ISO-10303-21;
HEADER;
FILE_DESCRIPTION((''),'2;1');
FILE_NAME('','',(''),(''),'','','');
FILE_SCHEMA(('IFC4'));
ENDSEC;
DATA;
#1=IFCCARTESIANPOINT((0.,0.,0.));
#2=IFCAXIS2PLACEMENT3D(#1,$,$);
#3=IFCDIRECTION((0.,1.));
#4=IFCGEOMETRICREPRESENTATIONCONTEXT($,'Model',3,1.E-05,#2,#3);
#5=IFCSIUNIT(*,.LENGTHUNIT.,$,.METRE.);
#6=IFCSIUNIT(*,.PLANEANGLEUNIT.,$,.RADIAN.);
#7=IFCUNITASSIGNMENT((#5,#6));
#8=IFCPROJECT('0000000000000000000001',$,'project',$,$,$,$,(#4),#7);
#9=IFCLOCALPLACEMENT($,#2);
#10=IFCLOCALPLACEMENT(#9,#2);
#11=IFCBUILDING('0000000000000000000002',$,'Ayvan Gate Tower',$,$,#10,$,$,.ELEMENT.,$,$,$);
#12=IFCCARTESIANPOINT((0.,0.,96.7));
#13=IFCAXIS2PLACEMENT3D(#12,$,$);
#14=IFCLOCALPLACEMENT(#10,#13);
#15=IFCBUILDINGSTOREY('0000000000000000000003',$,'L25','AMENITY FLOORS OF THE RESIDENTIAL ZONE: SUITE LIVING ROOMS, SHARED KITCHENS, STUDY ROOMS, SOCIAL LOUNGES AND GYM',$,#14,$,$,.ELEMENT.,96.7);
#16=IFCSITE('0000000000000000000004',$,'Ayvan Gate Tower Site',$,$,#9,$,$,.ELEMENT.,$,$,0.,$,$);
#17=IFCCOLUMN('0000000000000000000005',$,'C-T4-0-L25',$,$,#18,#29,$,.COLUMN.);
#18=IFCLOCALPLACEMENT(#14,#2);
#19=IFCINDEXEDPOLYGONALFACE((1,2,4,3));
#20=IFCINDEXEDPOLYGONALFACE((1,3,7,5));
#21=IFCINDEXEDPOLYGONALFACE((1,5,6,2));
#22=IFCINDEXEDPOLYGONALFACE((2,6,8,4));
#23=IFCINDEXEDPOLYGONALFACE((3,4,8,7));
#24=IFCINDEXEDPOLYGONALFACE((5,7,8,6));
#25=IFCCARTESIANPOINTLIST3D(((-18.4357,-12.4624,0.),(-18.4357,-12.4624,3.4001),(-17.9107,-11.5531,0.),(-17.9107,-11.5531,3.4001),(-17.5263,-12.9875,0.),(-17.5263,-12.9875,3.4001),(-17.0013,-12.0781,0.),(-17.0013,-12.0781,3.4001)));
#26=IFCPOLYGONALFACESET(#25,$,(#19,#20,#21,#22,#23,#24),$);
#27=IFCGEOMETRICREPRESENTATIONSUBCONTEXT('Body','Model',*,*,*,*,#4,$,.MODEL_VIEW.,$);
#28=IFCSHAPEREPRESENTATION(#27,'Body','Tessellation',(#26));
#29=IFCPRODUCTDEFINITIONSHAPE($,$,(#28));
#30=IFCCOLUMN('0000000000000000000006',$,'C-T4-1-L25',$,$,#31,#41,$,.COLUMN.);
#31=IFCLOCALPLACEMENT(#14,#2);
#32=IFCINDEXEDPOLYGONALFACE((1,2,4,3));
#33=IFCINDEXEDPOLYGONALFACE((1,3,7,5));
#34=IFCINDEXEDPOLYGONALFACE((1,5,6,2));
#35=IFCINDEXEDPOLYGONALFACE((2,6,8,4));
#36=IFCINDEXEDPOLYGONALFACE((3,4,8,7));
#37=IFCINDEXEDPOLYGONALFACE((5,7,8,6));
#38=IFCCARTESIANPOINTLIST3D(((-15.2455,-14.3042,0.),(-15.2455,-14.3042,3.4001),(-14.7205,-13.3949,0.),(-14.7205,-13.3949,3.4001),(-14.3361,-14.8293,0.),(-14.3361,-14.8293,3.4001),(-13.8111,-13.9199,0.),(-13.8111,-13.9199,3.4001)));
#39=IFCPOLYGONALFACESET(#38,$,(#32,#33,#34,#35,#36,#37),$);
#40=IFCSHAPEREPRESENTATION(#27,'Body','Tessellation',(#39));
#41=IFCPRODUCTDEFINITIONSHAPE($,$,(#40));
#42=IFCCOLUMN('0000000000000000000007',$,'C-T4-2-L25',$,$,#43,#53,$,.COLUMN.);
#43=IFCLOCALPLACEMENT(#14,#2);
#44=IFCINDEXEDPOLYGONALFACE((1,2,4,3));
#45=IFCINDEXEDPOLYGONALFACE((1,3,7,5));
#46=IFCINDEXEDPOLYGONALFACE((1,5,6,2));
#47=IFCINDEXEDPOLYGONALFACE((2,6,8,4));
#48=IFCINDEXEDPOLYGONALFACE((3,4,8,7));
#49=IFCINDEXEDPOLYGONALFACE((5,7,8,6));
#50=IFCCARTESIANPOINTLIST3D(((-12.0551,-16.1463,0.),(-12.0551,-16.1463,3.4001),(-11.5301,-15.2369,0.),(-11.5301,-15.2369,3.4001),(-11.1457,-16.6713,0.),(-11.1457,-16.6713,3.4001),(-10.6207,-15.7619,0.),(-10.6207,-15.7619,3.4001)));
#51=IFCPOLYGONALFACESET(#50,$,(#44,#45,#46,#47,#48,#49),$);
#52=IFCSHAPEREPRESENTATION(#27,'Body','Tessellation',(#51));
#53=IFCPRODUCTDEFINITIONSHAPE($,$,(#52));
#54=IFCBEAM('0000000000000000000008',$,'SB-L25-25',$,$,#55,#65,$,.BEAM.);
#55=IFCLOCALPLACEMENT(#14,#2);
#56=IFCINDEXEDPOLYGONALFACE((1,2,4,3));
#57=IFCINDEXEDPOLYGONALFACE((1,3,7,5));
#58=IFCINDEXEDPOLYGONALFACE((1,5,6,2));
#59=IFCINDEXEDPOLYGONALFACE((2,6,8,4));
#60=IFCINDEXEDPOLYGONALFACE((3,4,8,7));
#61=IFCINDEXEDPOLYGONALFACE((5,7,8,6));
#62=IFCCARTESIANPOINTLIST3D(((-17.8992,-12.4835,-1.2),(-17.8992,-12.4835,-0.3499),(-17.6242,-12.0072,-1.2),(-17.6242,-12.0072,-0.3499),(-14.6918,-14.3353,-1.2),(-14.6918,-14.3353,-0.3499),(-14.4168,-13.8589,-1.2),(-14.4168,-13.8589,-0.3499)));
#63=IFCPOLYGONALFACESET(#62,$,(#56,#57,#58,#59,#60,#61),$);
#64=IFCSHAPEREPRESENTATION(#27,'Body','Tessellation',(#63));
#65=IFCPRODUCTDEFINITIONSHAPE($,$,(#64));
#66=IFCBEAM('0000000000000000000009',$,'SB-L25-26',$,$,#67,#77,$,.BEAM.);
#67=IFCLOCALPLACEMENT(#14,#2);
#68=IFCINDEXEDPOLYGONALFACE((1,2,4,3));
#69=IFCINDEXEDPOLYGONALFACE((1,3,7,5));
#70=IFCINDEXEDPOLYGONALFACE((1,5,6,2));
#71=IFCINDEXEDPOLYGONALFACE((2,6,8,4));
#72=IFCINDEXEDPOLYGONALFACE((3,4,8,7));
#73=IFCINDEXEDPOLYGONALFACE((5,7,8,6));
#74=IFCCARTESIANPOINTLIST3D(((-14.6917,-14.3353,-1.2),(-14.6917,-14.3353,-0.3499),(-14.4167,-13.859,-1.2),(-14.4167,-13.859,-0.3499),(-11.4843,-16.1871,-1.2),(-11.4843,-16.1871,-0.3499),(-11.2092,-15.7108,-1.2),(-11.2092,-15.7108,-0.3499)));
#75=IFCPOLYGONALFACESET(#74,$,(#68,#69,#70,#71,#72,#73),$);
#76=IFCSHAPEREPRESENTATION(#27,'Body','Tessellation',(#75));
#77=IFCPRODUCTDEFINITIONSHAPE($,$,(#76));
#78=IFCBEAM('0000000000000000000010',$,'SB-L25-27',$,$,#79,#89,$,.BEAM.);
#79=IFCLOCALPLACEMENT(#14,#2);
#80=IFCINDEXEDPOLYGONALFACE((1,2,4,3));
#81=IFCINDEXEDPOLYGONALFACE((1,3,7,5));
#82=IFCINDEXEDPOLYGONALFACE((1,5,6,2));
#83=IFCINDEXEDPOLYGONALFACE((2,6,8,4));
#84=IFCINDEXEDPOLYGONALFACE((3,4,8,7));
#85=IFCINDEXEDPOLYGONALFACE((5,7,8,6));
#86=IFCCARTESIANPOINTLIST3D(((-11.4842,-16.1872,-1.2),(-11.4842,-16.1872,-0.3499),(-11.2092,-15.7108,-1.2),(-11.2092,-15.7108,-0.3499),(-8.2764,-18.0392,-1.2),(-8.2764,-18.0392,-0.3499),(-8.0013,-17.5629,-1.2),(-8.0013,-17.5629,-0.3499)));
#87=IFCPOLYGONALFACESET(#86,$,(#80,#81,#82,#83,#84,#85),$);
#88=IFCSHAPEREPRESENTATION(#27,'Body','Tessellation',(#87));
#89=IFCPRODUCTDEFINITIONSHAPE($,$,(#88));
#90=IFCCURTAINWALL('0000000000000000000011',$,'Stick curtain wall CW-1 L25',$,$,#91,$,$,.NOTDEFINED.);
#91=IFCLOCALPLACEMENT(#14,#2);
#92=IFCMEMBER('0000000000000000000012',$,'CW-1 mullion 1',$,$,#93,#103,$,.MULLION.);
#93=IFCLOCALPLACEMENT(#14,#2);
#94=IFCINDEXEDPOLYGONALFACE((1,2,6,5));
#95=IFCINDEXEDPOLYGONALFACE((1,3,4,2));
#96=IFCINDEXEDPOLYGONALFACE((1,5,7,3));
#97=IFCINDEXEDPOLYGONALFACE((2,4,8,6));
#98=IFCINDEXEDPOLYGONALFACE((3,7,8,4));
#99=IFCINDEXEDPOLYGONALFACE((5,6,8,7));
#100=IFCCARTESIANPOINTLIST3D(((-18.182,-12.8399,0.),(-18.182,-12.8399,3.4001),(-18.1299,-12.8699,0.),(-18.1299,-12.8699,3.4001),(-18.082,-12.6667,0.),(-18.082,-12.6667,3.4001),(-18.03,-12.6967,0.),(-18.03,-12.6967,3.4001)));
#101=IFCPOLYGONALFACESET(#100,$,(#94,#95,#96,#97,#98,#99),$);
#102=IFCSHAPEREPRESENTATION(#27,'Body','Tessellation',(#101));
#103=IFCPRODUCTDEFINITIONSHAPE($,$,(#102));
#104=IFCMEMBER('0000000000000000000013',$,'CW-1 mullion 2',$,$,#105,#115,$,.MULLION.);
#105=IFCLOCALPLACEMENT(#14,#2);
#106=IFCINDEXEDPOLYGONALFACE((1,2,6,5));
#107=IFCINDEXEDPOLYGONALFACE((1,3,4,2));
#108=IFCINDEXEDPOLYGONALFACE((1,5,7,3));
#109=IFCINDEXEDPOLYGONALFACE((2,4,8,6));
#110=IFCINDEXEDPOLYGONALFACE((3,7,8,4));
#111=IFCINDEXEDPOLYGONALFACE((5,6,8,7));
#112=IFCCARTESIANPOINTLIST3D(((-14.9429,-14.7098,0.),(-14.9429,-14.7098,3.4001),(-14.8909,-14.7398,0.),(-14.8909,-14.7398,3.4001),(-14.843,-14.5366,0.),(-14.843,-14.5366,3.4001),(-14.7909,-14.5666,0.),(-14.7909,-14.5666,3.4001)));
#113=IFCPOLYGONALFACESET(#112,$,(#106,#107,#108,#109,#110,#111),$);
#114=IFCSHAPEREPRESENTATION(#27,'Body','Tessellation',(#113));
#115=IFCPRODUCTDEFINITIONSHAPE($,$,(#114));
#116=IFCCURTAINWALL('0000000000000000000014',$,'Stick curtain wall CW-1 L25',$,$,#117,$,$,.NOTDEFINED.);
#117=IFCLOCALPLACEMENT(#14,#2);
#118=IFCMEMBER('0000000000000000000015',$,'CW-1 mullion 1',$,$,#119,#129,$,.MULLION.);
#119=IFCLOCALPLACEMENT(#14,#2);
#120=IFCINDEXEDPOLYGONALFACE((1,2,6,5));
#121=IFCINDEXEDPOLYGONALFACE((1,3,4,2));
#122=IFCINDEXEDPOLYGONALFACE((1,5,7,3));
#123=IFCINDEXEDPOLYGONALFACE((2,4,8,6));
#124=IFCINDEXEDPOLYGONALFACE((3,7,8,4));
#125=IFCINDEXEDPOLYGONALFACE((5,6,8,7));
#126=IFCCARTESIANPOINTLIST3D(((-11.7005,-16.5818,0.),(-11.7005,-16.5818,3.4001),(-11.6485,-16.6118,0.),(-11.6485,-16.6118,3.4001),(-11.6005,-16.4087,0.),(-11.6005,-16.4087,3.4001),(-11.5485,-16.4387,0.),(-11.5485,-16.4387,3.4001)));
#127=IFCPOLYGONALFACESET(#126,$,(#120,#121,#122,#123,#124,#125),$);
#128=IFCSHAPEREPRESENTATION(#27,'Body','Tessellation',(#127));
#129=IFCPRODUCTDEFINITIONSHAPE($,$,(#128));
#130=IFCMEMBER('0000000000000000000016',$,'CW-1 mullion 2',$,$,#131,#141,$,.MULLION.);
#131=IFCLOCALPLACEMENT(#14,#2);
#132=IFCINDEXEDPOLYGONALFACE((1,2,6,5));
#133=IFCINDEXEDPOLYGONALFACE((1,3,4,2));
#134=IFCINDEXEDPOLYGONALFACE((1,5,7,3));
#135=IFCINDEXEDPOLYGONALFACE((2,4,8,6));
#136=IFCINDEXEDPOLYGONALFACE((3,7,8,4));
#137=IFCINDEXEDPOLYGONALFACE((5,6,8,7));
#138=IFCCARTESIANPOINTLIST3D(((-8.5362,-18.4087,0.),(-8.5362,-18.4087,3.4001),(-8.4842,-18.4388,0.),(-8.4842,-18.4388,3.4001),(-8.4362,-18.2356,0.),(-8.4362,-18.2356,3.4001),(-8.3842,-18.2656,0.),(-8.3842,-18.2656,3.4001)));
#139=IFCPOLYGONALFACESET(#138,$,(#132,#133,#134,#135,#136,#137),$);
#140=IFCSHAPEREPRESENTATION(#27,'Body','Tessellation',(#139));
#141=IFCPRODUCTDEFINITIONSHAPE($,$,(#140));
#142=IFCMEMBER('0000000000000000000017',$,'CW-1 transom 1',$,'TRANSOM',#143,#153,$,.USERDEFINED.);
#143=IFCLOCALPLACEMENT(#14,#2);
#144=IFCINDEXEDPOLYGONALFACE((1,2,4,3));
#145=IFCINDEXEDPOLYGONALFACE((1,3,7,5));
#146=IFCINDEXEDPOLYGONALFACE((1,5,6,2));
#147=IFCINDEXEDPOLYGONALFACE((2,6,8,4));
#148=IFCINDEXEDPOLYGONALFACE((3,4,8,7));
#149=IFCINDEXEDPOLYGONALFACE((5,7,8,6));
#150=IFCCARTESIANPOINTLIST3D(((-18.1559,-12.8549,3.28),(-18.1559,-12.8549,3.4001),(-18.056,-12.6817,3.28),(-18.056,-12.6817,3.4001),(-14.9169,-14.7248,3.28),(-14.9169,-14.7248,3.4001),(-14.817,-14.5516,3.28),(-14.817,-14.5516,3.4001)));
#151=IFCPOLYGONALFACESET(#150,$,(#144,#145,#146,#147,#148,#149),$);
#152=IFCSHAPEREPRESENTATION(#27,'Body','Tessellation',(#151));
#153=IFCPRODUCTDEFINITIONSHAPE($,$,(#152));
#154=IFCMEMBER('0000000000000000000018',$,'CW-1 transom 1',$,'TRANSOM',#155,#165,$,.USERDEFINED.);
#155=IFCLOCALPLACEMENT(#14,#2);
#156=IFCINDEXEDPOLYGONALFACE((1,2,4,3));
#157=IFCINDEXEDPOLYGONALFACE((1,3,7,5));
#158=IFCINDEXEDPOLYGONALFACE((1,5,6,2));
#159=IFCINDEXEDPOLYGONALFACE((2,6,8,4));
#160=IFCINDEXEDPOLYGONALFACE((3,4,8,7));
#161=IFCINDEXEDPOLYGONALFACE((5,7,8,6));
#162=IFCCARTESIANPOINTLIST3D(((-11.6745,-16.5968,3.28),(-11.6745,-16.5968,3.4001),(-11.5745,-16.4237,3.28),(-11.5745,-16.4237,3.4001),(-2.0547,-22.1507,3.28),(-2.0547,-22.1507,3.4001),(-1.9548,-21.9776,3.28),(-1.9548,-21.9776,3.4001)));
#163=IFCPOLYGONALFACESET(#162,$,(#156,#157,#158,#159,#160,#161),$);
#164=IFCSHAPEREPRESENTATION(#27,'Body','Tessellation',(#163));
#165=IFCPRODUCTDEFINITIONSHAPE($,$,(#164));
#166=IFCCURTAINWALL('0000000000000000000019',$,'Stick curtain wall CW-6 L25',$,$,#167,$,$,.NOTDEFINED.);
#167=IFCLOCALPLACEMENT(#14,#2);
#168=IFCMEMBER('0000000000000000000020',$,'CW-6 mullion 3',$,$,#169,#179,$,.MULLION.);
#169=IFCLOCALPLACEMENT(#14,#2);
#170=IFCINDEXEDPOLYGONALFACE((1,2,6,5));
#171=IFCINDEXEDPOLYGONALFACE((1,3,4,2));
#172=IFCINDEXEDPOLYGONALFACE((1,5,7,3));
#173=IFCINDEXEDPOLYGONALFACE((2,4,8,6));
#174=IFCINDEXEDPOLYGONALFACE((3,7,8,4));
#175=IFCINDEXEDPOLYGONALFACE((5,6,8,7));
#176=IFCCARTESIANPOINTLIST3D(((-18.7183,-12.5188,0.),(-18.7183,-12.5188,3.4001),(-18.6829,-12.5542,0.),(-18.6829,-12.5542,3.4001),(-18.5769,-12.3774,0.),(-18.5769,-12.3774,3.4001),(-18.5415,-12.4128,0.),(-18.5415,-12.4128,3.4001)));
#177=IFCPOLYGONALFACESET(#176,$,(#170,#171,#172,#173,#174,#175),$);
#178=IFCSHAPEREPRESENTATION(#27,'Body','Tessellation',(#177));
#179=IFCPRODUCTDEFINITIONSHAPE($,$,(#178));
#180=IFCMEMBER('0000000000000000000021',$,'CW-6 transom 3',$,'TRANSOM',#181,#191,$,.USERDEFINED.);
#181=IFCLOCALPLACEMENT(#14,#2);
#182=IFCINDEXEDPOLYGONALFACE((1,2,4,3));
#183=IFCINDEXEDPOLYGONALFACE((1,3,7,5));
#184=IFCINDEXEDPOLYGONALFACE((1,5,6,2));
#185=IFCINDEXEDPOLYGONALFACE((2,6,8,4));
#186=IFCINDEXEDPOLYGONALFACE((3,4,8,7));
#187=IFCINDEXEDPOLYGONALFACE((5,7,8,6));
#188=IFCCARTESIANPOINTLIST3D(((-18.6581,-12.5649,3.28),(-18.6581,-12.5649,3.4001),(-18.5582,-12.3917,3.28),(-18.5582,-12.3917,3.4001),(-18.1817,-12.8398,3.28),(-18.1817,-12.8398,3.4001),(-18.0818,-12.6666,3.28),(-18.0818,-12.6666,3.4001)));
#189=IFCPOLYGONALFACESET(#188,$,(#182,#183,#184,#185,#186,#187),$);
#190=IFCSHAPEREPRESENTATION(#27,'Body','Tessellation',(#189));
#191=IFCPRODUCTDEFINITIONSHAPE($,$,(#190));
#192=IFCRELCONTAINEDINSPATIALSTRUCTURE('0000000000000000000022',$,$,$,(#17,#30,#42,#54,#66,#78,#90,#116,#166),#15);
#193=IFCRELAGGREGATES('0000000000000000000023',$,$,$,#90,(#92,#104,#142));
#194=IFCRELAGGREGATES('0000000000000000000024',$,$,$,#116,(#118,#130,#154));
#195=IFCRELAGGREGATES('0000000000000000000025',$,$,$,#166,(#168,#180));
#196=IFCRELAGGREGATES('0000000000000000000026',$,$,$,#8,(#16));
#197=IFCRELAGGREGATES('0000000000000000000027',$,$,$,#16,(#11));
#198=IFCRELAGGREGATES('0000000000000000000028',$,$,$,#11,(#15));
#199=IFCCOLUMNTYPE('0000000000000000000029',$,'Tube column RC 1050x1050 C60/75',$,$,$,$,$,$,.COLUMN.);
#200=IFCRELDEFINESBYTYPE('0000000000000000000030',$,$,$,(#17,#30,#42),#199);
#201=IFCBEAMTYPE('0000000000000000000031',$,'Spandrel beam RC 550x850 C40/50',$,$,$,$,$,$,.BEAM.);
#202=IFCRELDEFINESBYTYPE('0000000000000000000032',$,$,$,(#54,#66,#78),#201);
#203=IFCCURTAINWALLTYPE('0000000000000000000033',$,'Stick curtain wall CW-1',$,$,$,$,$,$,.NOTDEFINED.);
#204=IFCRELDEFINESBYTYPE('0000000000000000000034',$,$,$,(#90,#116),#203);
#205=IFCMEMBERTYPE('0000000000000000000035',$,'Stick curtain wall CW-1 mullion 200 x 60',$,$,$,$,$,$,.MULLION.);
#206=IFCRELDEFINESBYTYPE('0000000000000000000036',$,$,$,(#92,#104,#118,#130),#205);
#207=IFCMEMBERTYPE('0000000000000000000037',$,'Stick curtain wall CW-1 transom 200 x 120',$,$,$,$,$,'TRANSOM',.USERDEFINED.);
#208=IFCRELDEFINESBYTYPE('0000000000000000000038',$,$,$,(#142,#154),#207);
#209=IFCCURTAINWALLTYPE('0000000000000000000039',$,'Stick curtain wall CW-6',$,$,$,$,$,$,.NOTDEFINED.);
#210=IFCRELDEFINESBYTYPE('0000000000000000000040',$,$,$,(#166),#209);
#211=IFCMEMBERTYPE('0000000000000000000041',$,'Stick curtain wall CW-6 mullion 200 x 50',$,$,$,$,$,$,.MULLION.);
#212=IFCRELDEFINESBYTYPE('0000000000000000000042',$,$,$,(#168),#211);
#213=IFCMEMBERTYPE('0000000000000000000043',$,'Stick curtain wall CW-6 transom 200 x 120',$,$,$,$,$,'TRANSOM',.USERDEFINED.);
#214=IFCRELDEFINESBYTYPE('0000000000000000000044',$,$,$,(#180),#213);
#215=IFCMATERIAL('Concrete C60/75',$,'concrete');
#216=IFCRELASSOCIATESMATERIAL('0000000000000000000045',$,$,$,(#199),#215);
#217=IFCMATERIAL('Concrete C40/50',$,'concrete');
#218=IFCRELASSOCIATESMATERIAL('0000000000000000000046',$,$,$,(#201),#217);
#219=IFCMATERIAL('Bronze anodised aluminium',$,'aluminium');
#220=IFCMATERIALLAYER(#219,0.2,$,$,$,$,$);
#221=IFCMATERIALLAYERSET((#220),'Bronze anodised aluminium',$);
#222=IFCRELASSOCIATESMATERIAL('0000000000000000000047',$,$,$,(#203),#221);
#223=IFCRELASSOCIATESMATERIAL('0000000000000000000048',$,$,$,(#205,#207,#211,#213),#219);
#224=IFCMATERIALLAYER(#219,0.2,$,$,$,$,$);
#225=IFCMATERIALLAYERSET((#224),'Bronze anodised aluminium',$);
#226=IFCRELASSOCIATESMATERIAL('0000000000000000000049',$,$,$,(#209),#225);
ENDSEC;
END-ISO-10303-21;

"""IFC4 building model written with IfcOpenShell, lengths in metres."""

from ifc_helpers import new_model, si_unit, direction, frame, origin, origin_2d, place, context, subcontext, project, spatial, rectangle, extrude, material, layer, layer_set, material_profile, profile_set, type_object, element, aggregate, save


model = new_model("IFC4")

# Units and contexts
model_context = context("Model", 3, precision=1e-05, world=origin(), true_north=direction((0.0, 1.0)))
body_context = subcontext(model_context, "Body", "Model", "MODEL_VIEW")
ifc_project = project(units=[si_unit("LENGTHUNIT", "METRE"), si_unit("PLANEANGLEUNIT", "RADIAN")], contexts=[model_context])

# Site, building, storey
site_placement = place(None, origin())
site = spatial("IfcSite", under=ifc_project, at=site_placement, Name="Ayvan Gate Tower Site", CompositionType="ELEMENT", RefElevation=0.0)
building_placement = place(site_placement, origin())
building = spatial("IfcBuilding", under=site, at=building_placement, Name="Ayvan Gate Tower", CompositionType="ELEMENT")
storey_placement = place(building_placement, frame((0.0, 0.0, 96.7)))
storey = spatial("IfcBuildingStorey", under=building, at=storey_placement, Name="L25", Description="AMENITY FLOORS OF THE RESIDENTIAL ZONE: SUITE LIVING ROOMS, SHARED KITCHENS, STUDY ROOMS, SOCIAL LOUNGES AND GYM", CompositionType="ELEMENT", Elevation=96.7)

# Columns
ifc_material_1 = material(Name="Concrete C60/75", Category="concrete")
ifc_material_profile_1 = material_profile(ifc_material_1, rectangle(XDim=1.05, YDim=1.05, at=origin_2d()), Name="RC 1050x1050")
ifc_profile_set_1 = profile_set([ifc_material_profile_1], Name="Concrete C60/75")
column_type = type_object("IfcColumnType", Name="Tube column RC 1050x1050 C60/75", PredefinedType="COLUMN", material=ifc_profile_set_1)
for number, where, z_axis, x_axis, name in (
    (1, (-17.7185, -12.2703, 0.0), (0.0, 0.0, 1.0), (-0.5, -0.866025, 0.0), "C-T4-0-L25"),
    (2, (-14.5283, -14.1121, 0.0), (0.0, 0.0, 1.0), (-0.5, -0.866025, 0.0), "C-T4-1-L25"),
    (3, (-11.3379, -15.9541, 0.0), (0.0, 0.0, 1.0), (-0.5, -0.866025, 0.0), "C-T4-2-L25"),
):
    element("IfcColumn", number, at=place(storey_placement, frame(where, z_axis=z_axis, x_axis=x_axis)), inside=storey, type_object=column_type, Name=name, PredefinedType="COLUMN", context=body_context, shape_type="SweptSolid", body=[
        extrude(rectangle(XDim=1.05, YDim=1.05, at=origin_2d()), origin(), (0.0, 0.0, 1.0), 3.4001),
    ])

# Beams
ifc_material_2 = material(Name="Concrete C40/50", Category="concrete")
ifc_material_profile_2 = material_profile(ifc_material_2, rectangle(XDim=0.55, YDim=0.8501, at=origin_2d()), Name="RC 550x850")
ifc_profile_set_2 = profile_set([ifc_material_profile_2], Name="Concrete C40/50")
beam_type = type_object("IfcBeamType", Name="Spandrel beam RC 550x850 C40/50", PredefinedType="BEAM", material=ifc_profile_set_2)
for number, where, z_axis, x_axis, name in (
    (4, (-17.7617, -12.2454, -0.7749), (0.866032, -0.499989, 0.0), (0.499989, 0.866032, 0.0), "SB-L25-25"),
    (5, (-14.5542, -14.0972, -0.7749), (0.866032, -0.499989, 0.0), (0.499989, 0.866032, 0.0), "SB-L25-26"),
):
    element("IfcBeam", number, at=place(storey_placement, frame(where, z_axis=z_axis, x_axis=x_axis)), inside=storey, type_object=beam_type, Name=name, PredefinedType="BEAM", context=body_context, shape_type="SweptSolid", body=[
        extrude(rectangle(XDim=0.55, YDim=0.8501, at=origin_2d()), origin(), (0.0, 0.0, 1.0), 3.7036),
    ])
beam_placement = place(storey_placement, frame((-11.3467, -15.949, -0.7749), z_axis=(0.86602, -0.50001, 0.0), x_axis=(0.50001, 0.86602, 0.0)))
element("IfcBeam", 6, at=beam_placement, inside=storey, type_object=beam_type, Name="SB-L25-27", PredefinedType="BEAM", context=body_context, shape_type="SweptSolid", body=[
    extrude(rectangle(XDim=0.55, YDim=0.8501, at=origin_2d()), origin(), (0.0, 0.0, 1.0), 3.7041),
])

# Curtain walls, members
ifc_material_3 = material(Name="Bronze anodised aluminium", Category="aluminium")
ifc_layer_1 = layer(ifc_material_3, 0.2)
ifc_layer_set_1 = layer_set([ifc_layer_1], Name="Bronze anodised aluminium")
curtain_wall_type_1 = type_object("IfcCurtainWallType", Name="Stick curtain wall CW-1", PredefinedType="NOTDEFINED", material=ifc_layer_set_1)
curtain_wall_1_placement = place(storey_placement, origin())
curtain_wall_1 = element("IfcCurtainWall", 7, at=curtain_wall_1_placement, inside=storey, type_object=curtain_wall_type_1, Name="Stick curtain wall CW-1 L25", PredefinedType="NOTDEFINED")
ifc_material_profile_3 = material_profile(ifc_material_3, rectangle(XDim=0.2, YDim=0.0601, at=origin_2d()), Name="Stick curtain wall CW-1 mullion 200 x 60")
ifc_profile_set_3 = profile_set([ifc_material_profile_3], Name="Bronze anodised aluminium")
member_type_1 = type_object("IfcMemberType", Name="Stick curtain wall CW-1 mullion 200 x 60", PredefinedType="MULLION", material=ifc_profile_set_3)
member_1_placement = place(storey_placement, frame((-18.106, -12.7683, 0.0), z_axis=(0.0, 0.0, 1.0), x_axis=(-0.5, -0.866025, 0.0)))
member_1 = element("IfcMember", 8, at=member_1_placement, type_object=member_type_1, Name="CW-1 mullion 1", PredefinedType="MULLION", context=body_context, shape_type="SweptSolid", body=[
    extrude(rectangle(XDim=0.2, YDim=0.0601, at=origin_2d()), origin(), (0.0, 0.0, 1.0), 3.4001),
])
member_2_placement = place(storey_placement, frame((-14.8669, -14.6382, 0.0), z_axis=(0.0, 0.0, 1.0), x_axis=(-0.5, -0.866025, 0.0)))
member_2 = element("IfcMember", 9, at=member_2_placement, type_object=member_type_1, Name="CW-1 mullion 2", PredefinedType="MULLION", context=body_context, shape_type="SweptSolid", body=[
    extrude(rectangle(XDim=0.2, YDim=0.0601, at=origin_2d()), origin(), (0.0, 0.0, 1.0), 3.4001),
])
curtain_wall_2_placement = place(storey_placement, origin())
curtain_wall_2 = element("IfcCurtainWall", 10, at=curtain_wall_2_placement, inside=storey, type_object=curtain_wall_type_1, Name="Stick curtain wall CW-1 L25", PredefinedType="NOTDEFINED")
member_3_placement = place(storey_placement, frame((-11.6245, -16.5103, 0.0), z_axis=(0.0, 0.0, 1.0), x_axis=(-0.5, -0.866025, 0.0)))
member_3 = element("IfcMember", 11, at=member_3_placement, type_object=member_type_1, Name="CW-1 mullion 1", PredefinedType="MULLION", context=body_context, shape_type="SweptSolid", body=[
    extrude(rectangle(XDim=0.2, YDim=0.0601, at=origin_2d()), origin(), (0.0, 0.0, 1.0), 3.4001),
])
member_4_placement = place(storey_placement, frame((-8.4602, -18.3372, 0.0), z_axis=(0.0, 0.0, 1.0), x_axis=(-0.5, -0.866025, 0.0)))
member_4 = element("IfcMember", 12, at=member_4_placement, type_object=member_type_1, Name="CW-1 mullion 2", PredefinedType="MULLION", context=body_context, shape_type="SweptSolid", body=[
    extrude(rectangle(XDim=0.2, YDim=0.0601, at=origin_2d()), origin(), (0.0, 0.0, 1.0), 3.4001),
])

# Members
ifc_material_profile_4 = material_profile(ifc_material_3, rectangle(XDim=0.2, YDim=0.1201, at=origin_2d()), Name="Stick curtain wall CW-1 transom 200 x 120")
ifc_profile_set_4 = profile_set([ifc_material_profile_4], Name="Bronze anodised aluminium")
member_type_2 = type_object("IfcMemberType", Name="Stick curtain wall CW-1 transom 200 x 120", ElementType="TRANSOM", PredefinedType="USERDEFINED", material=ifc_profile_set_4)
member_5_placement = place(storey_placement, frame((-18.106, -12.7683, 3.3401), z_axis=(0.866045, -0.499965, 0.0), x_axis=(0.499965, 0.866045, 0.0)))
member_5 = element("IfcMember", 13, at=member_5_placement, type_object=member_type_2, Name="CW-1 transom 1", ObjectType="TRANSOM", PredefinedType="USERDEFINED", context=body_context, shape_type="SweptSolid", body=[
    extrude(rectangle(XDim=0.2, YDim=0.1201, at=origin_2d()), origin(), (0.0, 0.0, 1.0), 3.74),
])
member_6_placement = place(storey_placement, frame((-11.6245, -16.5103, 3.3401), z_axis=(0.866029, -0.499995, 0.0), x_axis=(0.499995, 0.866029, 0.0)))
member_6 = element("IfcMember", 14, at=member_6_placement, type_object=member_type_2, Name="CW-1 transom 1", ObjectType="TRANSOM", PredefinedType="USERDEFINED", context=body_context, shape_type="SweptSolid", body=[
    extrude(rectangle(XDim=0.2, YDim=0.1201, at=origin_2d()), origin(), (0.0, 0.0, 1.0), 11.1079),
])

# Curtain wall, members
ifc_layer_2 = layer(ifc_material_3, 0.2)
ifc_layer_set_2 = layer_set([ifc_layer_2], Name="Bronze anodised aluminium")
curtain_wall_type_2 = type_object("IfcCurtainWallType", Name="Stick curtain wall CW-6", PredefinedType="NOTDEFINED", material=ifc_layer_set_2)
curtain_wall_3_placement = place(storey_placement, origin())
curtain_wall_3 = element("IfcCurtainWall", 15, at=curtain_wall_3_placement, inside=storey, type_object=curtain_wall_type_2, Name="Stick curtain wall CW-6 L25", PredefinedType="NOTDEFINED")
ifc_material_profile_5 = material_profile(ifc_material_3, rectangle(XDim=0.2, YDim=0.05, at=origin_2d()), Name="Stick curtain wall CW-6 mullion 200 x 50")
ifc_profile_set_5 = profile_set([ifc_material_profile_5], Name="Bronze anodised aluminium")
member_type_3 = type_object("IfcMemberType", Name="Stick curtain wall CW-6 mullion 200 x 50", PredefinedType="MULLION", material=ifc_profile_set_5)
member_7_placement = place(storey_placement, frame((-18.6299, -12.4658, 0.0), z_axis=(0.0, 0.0, 1.0), x_axis=(-0.707107, -0.707107, 0.0)))
member_7 = element("IfcMember", 16, at=member_7_placement, type_object=member_type_3, Name="CW-6 mullion 3", PredefinedType="MULLION", context=body_context, shape_type="SweptSolid", body=[
    extrude(rectangle(XDim=0.2, YDim=0.05, at=origin_2d()), origin(), (0.0, 0.0, 1.0), 3.4001),
])
ifc_material_profile_6 = material_profile(ifc_material_3, rectangle(XDim=0.2, YDim=0.1201, at=origin_2d()), Name="Stick curtain wall CW-6 transom 200 x 120")
ifc_profile_set_6 = profile_set([ifc_material_profile_6], Name="Bronze anodised aluminium")
member_type_4 = type_object("IfcMemberType", Name="Stick curtain wall CW-6 transom 200 x 120", ElementType="TRANSOM", PredefinedType="USERDEFINED", material=ifc_profile_set_6)
member_8_placement = place(storey_placement, frame((-18.6082, -12.4783, 3.3401), z_axis=(0.866104, -0.499863, 0.0), x_axis=(0.499863, 0.866104, 0.0)))
member_8 = element("IfcMember", 17, at=member_8_placement, type_object=member_type_4, Name="CW-6 transom 3", ObjectType="TRANSOM", PredefinedType="USERDEFINED", context=body_context, shape_type="SweptSolid", body=[
    extrude(rectangle(XDim=0.2, YDim=0.1201, at=origin_2d()), origin(), (0.0, 0.0, 1.0), 0.55),
])

aggregate(curtain_wall_1, [member_1, member_2, member_5])
aggregate(curtain_wall_2, [member_3, member_4, member_6])
aggregate(curtain_wall_3, [member_7, member_8])

save(model, "model.ifc")
